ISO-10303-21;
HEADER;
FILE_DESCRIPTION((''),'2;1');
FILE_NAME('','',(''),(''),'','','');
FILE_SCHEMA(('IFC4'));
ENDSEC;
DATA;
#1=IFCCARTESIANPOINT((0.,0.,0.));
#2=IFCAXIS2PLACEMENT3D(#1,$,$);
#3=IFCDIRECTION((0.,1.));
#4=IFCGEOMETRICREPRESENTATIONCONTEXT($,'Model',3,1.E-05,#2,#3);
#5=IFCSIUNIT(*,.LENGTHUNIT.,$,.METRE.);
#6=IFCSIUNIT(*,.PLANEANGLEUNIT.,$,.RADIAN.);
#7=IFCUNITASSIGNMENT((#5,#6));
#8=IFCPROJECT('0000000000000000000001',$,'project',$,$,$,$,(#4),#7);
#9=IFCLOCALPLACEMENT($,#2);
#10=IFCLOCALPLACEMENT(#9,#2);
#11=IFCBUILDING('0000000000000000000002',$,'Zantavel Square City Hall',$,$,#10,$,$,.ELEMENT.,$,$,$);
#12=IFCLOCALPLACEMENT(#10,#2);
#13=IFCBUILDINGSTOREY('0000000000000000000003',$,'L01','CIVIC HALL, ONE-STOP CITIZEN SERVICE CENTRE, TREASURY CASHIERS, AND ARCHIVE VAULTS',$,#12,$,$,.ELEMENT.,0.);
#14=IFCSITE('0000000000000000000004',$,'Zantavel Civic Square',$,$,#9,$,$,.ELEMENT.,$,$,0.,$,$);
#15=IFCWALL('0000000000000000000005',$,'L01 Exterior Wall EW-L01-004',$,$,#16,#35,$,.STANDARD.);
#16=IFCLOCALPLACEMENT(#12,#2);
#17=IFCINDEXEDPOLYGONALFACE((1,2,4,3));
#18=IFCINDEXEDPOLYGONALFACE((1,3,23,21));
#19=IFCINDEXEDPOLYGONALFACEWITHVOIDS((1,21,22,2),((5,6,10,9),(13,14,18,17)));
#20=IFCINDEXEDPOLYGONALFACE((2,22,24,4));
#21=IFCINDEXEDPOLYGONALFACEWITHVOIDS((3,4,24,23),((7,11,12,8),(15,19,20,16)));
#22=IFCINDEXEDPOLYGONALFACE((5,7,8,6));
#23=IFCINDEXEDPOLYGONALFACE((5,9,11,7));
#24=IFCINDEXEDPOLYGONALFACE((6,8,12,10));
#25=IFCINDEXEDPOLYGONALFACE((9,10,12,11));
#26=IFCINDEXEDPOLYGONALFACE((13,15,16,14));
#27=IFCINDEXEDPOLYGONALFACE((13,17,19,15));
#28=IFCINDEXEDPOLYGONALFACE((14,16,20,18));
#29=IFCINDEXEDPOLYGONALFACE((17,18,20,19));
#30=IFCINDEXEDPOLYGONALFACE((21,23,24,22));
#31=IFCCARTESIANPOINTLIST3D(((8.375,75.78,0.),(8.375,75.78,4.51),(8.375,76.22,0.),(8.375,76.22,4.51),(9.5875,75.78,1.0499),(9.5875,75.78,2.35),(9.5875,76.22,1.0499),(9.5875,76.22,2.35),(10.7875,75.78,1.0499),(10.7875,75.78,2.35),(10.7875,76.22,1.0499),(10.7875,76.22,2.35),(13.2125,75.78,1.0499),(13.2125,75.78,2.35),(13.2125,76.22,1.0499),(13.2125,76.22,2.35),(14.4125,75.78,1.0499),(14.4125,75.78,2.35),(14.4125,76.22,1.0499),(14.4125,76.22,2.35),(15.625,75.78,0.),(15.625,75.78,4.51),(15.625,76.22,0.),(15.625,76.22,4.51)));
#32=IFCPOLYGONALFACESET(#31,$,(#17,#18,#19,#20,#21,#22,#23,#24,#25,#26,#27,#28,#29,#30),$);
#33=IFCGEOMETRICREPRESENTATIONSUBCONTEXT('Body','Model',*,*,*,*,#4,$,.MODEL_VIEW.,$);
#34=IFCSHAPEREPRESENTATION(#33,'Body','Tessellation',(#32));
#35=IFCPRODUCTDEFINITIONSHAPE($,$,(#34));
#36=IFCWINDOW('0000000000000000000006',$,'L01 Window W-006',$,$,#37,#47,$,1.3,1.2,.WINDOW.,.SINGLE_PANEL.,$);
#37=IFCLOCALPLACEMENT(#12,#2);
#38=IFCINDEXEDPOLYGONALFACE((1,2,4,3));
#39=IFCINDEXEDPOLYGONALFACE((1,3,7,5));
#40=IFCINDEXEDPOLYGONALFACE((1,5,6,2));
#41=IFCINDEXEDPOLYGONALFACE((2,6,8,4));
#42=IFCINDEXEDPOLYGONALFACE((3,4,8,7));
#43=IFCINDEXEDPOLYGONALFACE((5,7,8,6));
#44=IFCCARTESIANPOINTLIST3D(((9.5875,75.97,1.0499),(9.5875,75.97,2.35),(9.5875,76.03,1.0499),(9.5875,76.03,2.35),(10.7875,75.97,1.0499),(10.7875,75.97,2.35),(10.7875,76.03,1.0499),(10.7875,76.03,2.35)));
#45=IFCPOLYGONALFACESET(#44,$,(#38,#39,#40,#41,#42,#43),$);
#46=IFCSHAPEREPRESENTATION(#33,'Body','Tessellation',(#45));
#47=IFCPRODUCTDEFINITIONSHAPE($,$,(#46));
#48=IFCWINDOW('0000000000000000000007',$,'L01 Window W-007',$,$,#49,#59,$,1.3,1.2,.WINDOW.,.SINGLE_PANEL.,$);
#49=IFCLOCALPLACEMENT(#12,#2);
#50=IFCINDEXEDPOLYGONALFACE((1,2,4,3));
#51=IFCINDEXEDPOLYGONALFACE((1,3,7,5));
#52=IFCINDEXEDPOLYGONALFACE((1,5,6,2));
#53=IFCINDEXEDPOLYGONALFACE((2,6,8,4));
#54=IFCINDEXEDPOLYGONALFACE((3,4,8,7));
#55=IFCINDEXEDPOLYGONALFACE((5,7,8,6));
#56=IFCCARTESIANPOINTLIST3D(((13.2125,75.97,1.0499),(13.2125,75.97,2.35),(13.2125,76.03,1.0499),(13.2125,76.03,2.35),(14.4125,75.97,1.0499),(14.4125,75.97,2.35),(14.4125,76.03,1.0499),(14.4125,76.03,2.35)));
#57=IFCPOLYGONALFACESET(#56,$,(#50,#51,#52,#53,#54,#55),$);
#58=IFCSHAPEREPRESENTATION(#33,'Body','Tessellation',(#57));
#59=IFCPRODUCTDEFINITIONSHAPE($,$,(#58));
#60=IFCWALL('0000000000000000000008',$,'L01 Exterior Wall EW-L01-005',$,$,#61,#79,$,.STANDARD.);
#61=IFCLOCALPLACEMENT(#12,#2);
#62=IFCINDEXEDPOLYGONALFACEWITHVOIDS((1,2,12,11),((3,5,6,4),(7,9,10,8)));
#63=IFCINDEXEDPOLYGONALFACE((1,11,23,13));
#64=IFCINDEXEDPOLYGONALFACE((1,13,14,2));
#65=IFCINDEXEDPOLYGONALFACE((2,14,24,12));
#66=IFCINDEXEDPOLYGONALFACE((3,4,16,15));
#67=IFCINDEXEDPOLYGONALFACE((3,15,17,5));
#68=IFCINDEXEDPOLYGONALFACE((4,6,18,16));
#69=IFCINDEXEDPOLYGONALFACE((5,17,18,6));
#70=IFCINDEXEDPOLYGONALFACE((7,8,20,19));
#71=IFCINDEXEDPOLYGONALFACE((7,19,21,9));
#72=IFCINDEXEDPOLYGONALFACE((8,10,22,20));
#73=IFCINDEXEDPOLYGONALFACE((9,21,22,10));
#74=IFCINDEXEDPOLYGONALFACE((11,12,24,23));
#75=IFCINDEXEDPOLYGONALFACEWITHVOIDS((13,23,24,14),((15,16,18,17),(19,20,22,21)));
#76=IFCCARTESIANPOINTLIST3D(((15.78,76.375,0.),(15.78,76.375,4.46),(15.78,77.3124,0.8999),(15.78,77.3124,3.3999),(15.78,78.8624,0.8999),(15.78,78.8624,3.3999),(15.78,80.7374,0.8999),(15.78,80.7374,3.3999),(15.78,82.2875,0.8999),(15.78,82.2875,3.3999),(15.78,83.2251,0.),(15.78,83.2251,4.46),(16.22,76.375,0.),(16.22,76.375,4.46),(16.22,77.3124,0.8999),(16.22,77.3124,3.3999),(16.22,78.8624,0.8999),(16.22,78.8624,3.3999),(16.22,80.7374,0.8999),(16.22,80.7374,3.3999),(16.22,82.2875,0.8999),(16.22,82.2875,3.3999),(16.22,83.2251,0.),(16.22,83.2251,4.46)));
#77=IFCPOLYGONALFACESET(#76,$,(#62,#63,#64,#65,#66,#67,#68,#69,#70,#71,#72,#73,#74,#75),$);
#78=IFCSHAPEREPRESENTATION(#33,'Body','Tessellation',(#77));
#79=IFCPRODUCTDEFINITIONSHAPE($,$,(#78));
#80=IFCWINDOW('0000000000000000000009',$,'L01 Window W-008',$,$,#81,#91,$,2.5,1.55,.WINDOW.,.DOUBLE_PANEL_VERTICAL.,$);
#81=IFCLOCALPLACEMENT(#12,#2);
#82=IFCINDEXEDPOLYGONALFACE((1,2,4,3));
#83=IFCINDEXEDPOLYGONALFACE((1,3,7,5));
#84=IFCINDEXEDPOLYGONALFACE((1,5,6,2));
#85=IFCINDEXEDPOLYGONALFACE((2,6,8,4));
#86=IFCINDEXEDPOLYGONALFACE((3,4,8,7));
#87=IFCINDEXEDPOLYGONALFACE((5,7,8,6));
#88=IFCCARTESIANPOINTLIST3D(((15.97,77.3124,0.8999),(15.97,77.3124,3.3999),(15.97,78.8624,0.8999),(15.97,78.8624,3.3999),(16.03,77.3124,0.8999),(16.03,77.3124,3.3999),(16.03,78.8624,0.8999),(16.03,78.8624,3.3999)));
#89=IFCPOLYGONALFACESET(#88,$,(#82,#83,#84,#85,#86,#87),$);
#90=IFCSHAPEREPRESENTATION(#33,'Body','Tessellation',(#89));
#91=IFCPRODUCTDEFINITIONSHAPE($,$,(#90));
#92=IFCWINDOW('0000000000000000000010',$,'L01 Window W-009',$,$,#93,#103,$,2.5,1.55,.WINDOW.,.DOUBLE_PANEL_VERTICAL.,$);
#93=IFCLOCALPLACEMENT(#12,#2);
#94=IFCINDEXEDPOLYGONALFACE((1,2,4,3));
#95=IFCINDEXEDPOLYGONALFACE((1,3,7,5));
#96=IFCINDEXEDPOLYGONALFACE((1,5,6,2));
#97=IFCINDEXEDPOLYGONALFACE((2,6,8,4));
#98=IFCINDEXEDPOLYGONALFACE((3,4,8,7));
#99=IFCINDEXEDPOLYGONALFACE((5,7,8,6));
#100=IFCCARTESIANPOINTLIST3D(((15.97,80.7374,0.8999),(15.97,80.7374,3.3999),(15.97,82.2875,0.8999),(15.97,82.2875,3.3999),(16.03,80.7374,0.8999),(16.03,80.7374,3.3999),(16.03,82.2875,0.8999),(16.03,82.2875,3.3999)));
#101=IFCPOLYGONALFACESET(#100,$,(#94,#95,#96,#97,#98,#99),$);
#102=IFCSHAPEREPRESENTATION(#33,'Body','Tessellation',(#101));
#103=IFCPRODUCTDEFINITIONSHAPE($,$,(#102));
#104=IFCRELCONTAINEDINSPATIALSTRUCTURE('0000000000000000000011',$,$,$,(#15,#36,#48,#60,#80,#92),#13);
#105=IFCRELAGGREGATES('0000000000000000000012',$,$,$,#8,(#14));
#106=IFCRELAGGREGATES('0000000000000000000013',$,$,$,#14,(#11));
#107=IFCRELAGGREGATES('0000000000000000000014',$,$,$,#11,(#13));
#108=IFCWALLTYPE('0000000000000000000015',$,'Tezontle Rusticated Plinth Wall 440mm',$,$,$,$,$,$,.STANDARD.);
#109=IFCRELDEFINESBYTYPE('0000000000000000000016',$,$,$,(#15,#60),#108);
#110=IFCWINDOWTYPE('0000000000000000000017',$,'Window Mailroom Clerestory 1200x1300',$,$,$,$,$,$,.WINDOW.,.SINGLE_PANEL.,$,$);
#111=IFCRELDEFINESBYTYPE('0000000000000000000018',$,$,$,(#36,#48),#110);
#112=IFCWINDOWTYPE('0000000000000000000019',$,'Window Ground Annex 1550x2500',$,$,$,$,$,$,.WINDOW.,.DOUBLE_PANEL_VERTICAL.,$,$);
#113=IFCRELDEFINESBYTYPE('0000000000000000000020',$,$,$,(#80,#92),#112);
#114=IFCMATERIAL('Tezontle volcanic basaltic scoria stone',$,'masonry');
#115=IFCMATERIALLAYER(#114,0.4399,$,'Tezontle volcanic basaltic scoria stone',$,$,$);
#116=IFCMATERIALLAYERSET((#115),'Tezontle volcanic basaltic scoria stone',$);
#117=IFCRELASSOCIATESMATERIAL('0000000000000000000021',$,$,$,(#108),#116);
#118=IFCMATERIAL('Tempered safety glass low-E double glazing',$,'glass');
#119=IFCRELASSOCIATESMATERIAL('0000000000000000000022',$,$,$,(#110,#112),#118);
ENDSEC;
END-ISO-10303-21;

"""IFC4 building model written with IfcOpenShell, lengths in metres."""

from ifc_helpers import new_model, si_unit, direction, frame, frame_2d, origin, place, context, subcontext, project, spatial, rectangle, extrude, material, layer, layer_set, type_object, element, fill, save


model = new_model("IFC4")

# Units and contexts
model_context = context("Model", 3, precision=1e-05, world=origin(), true_north=direction((0.0, 1.0)))
body_context = subcontext(model_context, "Body", "Model", "MODEL_VIEW")
ifc_project = project(units=[si_unit("LENGTHUNIT", "METRE"), si_unit("PLANEANGLEUNIT", "RADIAN")], contexts=[model_context])

# Site, building, storey
site_placement = place(None, origin())
site = spatial("IfcSite", under=ifc_project, at=site_placement, Name="Zantavel Civic Square", CompositionType="ELEMENT", RefElevation=0.0)
building_placement = place(site_placement, origin())
building = spatial("IfcBuilding", under=site, at=building_placement, Name="Zantavel Square City Hall", CompositionType="ELEMENT")
storey_placement = place(building_placement, origin())
storey = spatial("IfcBuildingStorey", under=building, at=storey_placement, Name="L01", Description="CIVIC HALL, ONE-STOP CITIZEN SERVICE CENTRE, TREASURY CASHIERS, AND ARCHIVE VAULTS", CompositionType="ELEMENT", Elevation=0.0)

# Shared definitions
ifc_material_1 = material(Name="Tezontle volcanic basaltic scoria stone", Category="masonry")
ifc_layer_1 = layer(ifc_material_1, 0.4399, Name="Tezontle volcanic basaltic scoria stone")
ifc_layer_set_1 = layer_set([ifc_layer_1], Name="Tezontle volcanic basaltic scoria stone")
wall_type_1 = type_object("IfcWallType", Name="Tezontle Rusticated Plinth Wall 440mm", PredefinedType="STANDARD", material=ifc_layer_set_1)
ifc_material_2 = material(Name="Tempered safety glass low-E double glazing", Category="glass")
window_type_1 = type_object("IfcWindowType", Name="Window Mailroom Clerestory 1200x1300", PartitioningType="SINGLE_PANEL", PredefinedType="WINDOW", material=ifc_material_2)

# Walls, openings, windows
wall_1_placement = place(storey_placement, frame((8.375, 76.0, 0.0), z_axis=(0.0, 0.0, 1.0), x_axis=(1.0, 0.0, 0.0)))
wall_1 = element("IfcWall", 1, at=wall_1_placement, inside=storey, type_object=wall_type_1, Name="L01 Exterior Wall EW-L01-004", PredefinedType="STANDARD", context=body_context, shape_type="SweptSolid", body=[
    extrude(rectangle(XDim=7.25, YDim=0.4399, at=frame_2d((3.625, 0.0))), origin(), (0.0, 0.0, 1.0), 4.51),
])
opening_1_placement = place(wall_1_placement, frame((1.2124, 0.0, 1.05)))
opening_1 = element("IfcOpeningElement", 2, at=opening_1_placement, cuts=wall_1, PredefinedType="OPENING", context=body_context, shape_type="SweptSolid", body=[
    extrude(rectangle(XDim=1.2, YDim=1.3, at=frame_2d((0.6001, 0.6499))), frame((0.0, 0.23, 0.0), z_axis=(0.0, -1.0, 0.0), x_axis=(1.0, 0.0, 0.0)), (0.0, 0.0, 1.0), 0.46),
])
opening_2_placement = place(wall_1_placement, frame((4.8374, 0.0, 1.05)))
opening_2 = element("IfcOpeningElement", 3, at=opening_2_placement, cuts=wall_1, PredefinedType="OPENING", context=body_context, shape_type="SweptSolid", body=[
    extrude(rectangle(XDim=1.2, YDim=1.3, at=frame_2d((0.6001, 0.6499))), frame((0.0, 0.23, 0.0), z_axis=(0.0, -1.0, 0.0), x_axis=(1.0, 0.0, 0.0)), (0.0, 0.0, 1.0), 0.46),
])
window_1_placement = place(opening_1_placement, origin())
window_1 = element("IfcWindow", 4, at=window_1_placement, inside=storey, type_object=window_type_1, Name="L01 Window W-006", OverallHeight=1.3, OverallWidth=1.2, PartitioningType="SINGLE_PANEL", PredefinedType="WINDOW", context=body_context, shape_type="SweptSolid", body=[
    extrude(rectangle(XDim=1.2, YDim=1.3, at=frame_2d((0.6001, 0.6499))), frame((0.0, 0.03, 0.0), z_axis=(0.0, -1.0, 0.0), x_axis=(1.0, 0.0, 0.0)), (0.0, 0.0, 1.0), 0.0601),
])
fill(opening_1, window_1)
window_2_placement = place(opening_2_placement, origin())
window_2 = element("IfcWindow", 5, at=window_2_placement, inside=storey, type_object=window_type_1, Name="L01 Window W-007", OverallHeight=1.3, OverallWidth=1.2, PartitioningType="SINGLE_PANEL", PredefinedType="WINDOW", context=body_context, shape_type="SweptSolid", body=[
    extrude(rectangle(XDim=1.2, YDim=1.3, at=frame_2d((0.6001, 0.6499))), frame((0.0, 0.03, 0.0), z_axis=(0.0, -1.0, 0.0), x_axis=(1.0, 0.0, 0.0)), (0.0, 0.0, 1.0), 0.0601),
])
fill(opening_2, window_2)
wall_2_placement = place(storey_placement, frame((16.0, 76.375, 0.0), z_axis=(0.0, 0.0, 1.0), x_axis=(0.0, 1.0, 0.0)))
wall_2 = element("IfcWall", 6, at=wall_2_placement, inside=storey, type_object=wall_type_1, Name="L01 Exterior Wall EW-L01-005", PredefinedType="STANDARD", context=body_context, shape_type="SweptSolid", body=[
    extrude(rectangle(XDim=6.8501, YDim=0.4399, at=frame_2d((3.425, 0.0))), origin(), (0.0, 0.0, 1.0), 4.46),
])
opening_3_placement = place(wall_2_placement, frame((0.9375, 0.0, 0.8999)))
opening_3 = element("IfcOpeningElement", 7, at=opening_3_placement, cuts=wall_2, PredefinedType="OPENING", context=body_context, shape_type="SweptSolid", body=[
    extrude(rectangle(XDim=1.55, YDim=2.5, at=frame_2d((0.7749, 1.25))), frame((0.0, 0.23, 0.0), z_axis=(0.0, -1.0, 0.0), x_axis=(1.0, 0.0, 0.0)), (0.0, 0.0, 1.0), 0.46),
])
opening_4_placement = place(wall_2_placement, frame((4.3625, 0.0, 0.8999)))
opening_4 = element("IfcOpeningElement", 8, at=opening_4_placement, cuts=wall_2, PredefinedType="OPENING", context=body_context, shape_type="SweptSolid", body=[
    extrude(rectangle(XDim=1.55, YDim=2.5, at=frame_2d((0.7749, 1.25))), frame((0.0, 0.23, 0.0), z_axis=(0.0, -1.0, 0.0), x_axis=(1.0, 0.0, 0.0)), (0.0, 0.0, 1.0), 0.46),
])
window_type_2 = type_object("IfcWindowType", Name="Window Ground Annex 1550x2500", PartitioningType="DOUBLE_PANEL_VERTICAL", PredefinedType="WINDOW", material=ifc_material_2)
window_3_placement = place(opening_3_placement, origin())
window_3 = element("IfcWindow", 9, at=window_3_placement, inside=storey, type_object=window_type_2, Name="L01 Window W-008", OverallHeight=2.5, OverallWidth=1.55, PartitioningType="DOUBLE_PANEL_VERTICAL", PredefinedType="WINDOW", context=body_context, shape_type="SweptSolid", body=[
    extrude(rectangle(XDim=1.55, YDim=2.5, at=frame_2d((0.7749, 1.25))), frame((0.0, 0.03, 0.0), z_axis=(0.0, -1.0, 0.0), x_axis=(1.0, 0.0, 0.0)), (0.0, 0.0, 1.0), 0.0601),
])
fill(opening_3, window_3)
window_4_placement = place(opening_4_placement, origin())
window_4 = element("IfcWindow", 10, at=window_4_placement, inside=storey, type_object=window_type_2, Name="L01 Window W-009", OverallHeight=2.5, OverallWidth=1.55, PartitioningType="DOUBLE_PANEL_VERTICAL", PredefinedType="WINDOW", context=body_context, shape_type="SweptSolid", body=[
    extrude(rectangle(XDim=1.55, YDim=2.5, at=frame_2d((0.7749, 1.25))), frame((0.0, 0.03, 0.0), z_axis=(0.0, -1.0, 0.0), x_axis=(1.0, 0.0, 0.0)), (0.0, 0.0, 1.0), 0.0601),
])
fill(opening_4, window_4)

save(model, "model.ifc")
